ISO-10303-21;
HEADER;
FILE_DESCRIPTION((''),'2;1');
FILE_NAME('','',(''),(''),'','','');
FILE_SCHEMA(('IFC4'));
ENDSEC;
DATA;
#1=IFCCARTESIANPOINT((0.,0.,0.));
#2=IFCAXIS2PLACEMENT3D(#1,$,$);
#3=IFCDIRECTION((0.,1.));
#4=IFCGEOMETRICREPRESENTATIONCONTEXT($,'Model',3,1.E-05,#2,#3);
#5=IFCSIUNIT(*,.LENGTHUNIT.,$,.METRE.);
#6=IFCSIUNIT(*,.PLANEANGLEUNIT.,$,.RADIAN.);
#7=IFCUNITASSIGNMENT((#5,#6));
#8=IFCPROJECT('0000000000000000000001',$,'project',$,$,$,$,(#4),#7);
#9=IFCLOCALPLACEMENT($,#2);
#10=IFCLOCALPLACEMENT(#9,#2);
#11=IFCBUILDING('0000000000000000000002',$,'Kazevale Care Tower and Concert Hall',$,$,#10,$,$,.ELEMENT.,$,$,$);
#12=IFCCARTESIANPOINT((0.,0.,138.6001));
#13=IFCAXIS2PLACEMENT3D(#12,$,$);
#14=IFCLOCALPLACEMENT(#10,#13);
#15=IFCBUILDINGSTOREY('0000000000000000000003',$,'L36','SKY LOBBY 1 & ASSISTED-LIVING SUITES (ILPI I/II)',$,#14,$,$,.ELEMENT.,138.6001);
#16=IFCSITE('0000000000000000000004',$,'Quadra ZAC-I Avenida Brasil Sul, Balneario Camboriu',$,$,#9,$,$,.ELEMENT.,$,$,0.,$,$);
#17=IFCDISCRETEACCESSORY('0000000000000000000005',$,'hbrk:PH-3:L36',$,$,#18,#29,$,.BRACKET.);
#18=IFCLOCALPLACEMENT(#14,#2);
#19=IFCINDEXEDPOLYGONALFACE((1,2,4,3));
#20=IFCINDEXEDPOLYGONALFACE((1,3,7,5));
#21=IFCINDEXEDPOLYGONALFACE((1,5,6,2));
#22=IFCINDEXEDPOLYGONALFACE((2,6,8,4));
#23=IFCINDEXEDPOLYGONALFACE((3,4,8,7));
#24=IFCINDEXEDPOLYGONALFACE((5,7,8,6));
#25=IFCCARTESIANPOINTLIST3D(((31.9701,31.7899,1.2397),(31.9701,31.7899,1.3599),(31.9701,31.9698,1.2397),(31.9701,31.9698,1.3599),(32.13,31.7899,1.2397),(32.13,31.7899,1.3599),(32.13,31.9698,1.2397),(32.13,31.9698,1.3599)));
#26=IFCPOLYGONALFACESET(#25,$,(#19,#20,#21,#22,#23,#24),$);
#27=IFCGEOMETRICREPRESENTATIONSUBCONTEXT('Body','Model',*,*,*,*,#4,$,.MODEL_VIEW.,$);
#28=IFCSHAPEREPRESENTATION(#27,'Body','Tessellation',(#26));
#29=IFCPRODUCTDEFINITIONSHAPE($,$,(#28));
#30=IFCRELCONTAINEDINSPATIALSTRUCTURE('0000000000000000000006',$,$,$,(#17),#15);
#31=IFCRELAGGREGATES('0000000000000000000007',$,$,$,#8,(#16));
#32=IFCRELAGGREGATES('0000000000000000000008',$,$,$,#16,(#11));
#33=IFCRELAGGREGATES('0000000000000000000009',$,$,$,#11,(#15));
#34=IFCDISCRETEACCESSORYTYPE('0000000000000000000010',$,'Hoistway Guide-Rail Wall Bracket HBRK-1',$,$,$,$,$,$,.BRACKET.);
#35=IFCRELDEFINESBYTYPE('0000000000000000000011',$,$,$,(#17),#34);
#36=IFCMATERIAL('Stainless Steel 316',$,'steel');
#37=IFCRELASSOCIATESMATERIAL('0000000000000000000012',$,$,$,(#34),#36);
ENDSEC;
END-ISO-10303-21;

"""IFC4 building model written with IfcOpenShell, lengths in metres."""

from ifc_helpers import new_model, si_unit, direction, frame, origin, origin_2d, place, context, subcontext, project, spatial, rectangle, extrude, material, type_object, element, save


model = new_model("IFC4")

# Units and contexts
model_context = context("Model", 3, precision=1e-05, world=origin(), true_north=direction((0.0, 1.0)))
body_context = subcontext(model_context, "Body", "Model", "MODEL_VIEW")
ifc_project = project(units=[si_unit("LENGTHUNIT", "METRE"), si_unit("PLANEANGLEUNIT", "RADIAN")], contexts=[model_context])

# Site, building, storey
site_placement = place(None, origin())
site = spatial("IfcSite", under=ifc_project, at=site_placement, Name="Quadra ZAC-I Avenida Brasil Sul, Balneario Camboriu", CompositionType="ELEMENT", RefElevation=0.0)
building_placement = place(site_placement, origin())
building = spatial("IfcBuilding", under=site, at=building_placement, Name="Kazevale Care Tower and Concert Hall", CompositionType="ELEMENT")
storey_placement = place(building_placement, frame((0.0, 0.0, 138.6001)))
storey = spatial("IfcBuildingStorey", under=building, at=storey_placement, Name="L36", Description="SKY LOBBY 1 & ASSISTED-LIVING SUITES (ILPI I/II)", CompositionType="ELEMENT", Elevation=138.6001)

# Shared definitions
ifc_material_1 = material(Name="Stainless Steel 316", Category="steel")

# Discrete accessory
discrete_accessory_type = type_object("IfcDiscreteAccessoryType", Name="Hoistway Guide-Rail Wall Bracket HBRK-1", PredefinedType="BRACKET", material=ifc_material_1)
for number, where, z_axis, x_axis, name in (
    (1, (32.05, 31.8799, 1.2397), (0.0, 0.0, 1.0), (1.0, 0.0, 0.0), "hbrk:PH-3:L36"),
):
    element("IfcDiscreteAccessory", number, at=place(storey_placement, frame(where, z_axis=z_axis, x_axis=x_axis)), inside=storey, type_object=discrete_accessory_type, Name=name, PredefinedType="BRACKET", context=body_context, shape_type="SweptSolid", body=[
        extrude(rectangle(XDim=0.1599, YDim=0.1799, at=origin_2d()), origin(), (0.0, 0.0, 1.0), 0.1201),
    ])

save(model, "model.ifc")
